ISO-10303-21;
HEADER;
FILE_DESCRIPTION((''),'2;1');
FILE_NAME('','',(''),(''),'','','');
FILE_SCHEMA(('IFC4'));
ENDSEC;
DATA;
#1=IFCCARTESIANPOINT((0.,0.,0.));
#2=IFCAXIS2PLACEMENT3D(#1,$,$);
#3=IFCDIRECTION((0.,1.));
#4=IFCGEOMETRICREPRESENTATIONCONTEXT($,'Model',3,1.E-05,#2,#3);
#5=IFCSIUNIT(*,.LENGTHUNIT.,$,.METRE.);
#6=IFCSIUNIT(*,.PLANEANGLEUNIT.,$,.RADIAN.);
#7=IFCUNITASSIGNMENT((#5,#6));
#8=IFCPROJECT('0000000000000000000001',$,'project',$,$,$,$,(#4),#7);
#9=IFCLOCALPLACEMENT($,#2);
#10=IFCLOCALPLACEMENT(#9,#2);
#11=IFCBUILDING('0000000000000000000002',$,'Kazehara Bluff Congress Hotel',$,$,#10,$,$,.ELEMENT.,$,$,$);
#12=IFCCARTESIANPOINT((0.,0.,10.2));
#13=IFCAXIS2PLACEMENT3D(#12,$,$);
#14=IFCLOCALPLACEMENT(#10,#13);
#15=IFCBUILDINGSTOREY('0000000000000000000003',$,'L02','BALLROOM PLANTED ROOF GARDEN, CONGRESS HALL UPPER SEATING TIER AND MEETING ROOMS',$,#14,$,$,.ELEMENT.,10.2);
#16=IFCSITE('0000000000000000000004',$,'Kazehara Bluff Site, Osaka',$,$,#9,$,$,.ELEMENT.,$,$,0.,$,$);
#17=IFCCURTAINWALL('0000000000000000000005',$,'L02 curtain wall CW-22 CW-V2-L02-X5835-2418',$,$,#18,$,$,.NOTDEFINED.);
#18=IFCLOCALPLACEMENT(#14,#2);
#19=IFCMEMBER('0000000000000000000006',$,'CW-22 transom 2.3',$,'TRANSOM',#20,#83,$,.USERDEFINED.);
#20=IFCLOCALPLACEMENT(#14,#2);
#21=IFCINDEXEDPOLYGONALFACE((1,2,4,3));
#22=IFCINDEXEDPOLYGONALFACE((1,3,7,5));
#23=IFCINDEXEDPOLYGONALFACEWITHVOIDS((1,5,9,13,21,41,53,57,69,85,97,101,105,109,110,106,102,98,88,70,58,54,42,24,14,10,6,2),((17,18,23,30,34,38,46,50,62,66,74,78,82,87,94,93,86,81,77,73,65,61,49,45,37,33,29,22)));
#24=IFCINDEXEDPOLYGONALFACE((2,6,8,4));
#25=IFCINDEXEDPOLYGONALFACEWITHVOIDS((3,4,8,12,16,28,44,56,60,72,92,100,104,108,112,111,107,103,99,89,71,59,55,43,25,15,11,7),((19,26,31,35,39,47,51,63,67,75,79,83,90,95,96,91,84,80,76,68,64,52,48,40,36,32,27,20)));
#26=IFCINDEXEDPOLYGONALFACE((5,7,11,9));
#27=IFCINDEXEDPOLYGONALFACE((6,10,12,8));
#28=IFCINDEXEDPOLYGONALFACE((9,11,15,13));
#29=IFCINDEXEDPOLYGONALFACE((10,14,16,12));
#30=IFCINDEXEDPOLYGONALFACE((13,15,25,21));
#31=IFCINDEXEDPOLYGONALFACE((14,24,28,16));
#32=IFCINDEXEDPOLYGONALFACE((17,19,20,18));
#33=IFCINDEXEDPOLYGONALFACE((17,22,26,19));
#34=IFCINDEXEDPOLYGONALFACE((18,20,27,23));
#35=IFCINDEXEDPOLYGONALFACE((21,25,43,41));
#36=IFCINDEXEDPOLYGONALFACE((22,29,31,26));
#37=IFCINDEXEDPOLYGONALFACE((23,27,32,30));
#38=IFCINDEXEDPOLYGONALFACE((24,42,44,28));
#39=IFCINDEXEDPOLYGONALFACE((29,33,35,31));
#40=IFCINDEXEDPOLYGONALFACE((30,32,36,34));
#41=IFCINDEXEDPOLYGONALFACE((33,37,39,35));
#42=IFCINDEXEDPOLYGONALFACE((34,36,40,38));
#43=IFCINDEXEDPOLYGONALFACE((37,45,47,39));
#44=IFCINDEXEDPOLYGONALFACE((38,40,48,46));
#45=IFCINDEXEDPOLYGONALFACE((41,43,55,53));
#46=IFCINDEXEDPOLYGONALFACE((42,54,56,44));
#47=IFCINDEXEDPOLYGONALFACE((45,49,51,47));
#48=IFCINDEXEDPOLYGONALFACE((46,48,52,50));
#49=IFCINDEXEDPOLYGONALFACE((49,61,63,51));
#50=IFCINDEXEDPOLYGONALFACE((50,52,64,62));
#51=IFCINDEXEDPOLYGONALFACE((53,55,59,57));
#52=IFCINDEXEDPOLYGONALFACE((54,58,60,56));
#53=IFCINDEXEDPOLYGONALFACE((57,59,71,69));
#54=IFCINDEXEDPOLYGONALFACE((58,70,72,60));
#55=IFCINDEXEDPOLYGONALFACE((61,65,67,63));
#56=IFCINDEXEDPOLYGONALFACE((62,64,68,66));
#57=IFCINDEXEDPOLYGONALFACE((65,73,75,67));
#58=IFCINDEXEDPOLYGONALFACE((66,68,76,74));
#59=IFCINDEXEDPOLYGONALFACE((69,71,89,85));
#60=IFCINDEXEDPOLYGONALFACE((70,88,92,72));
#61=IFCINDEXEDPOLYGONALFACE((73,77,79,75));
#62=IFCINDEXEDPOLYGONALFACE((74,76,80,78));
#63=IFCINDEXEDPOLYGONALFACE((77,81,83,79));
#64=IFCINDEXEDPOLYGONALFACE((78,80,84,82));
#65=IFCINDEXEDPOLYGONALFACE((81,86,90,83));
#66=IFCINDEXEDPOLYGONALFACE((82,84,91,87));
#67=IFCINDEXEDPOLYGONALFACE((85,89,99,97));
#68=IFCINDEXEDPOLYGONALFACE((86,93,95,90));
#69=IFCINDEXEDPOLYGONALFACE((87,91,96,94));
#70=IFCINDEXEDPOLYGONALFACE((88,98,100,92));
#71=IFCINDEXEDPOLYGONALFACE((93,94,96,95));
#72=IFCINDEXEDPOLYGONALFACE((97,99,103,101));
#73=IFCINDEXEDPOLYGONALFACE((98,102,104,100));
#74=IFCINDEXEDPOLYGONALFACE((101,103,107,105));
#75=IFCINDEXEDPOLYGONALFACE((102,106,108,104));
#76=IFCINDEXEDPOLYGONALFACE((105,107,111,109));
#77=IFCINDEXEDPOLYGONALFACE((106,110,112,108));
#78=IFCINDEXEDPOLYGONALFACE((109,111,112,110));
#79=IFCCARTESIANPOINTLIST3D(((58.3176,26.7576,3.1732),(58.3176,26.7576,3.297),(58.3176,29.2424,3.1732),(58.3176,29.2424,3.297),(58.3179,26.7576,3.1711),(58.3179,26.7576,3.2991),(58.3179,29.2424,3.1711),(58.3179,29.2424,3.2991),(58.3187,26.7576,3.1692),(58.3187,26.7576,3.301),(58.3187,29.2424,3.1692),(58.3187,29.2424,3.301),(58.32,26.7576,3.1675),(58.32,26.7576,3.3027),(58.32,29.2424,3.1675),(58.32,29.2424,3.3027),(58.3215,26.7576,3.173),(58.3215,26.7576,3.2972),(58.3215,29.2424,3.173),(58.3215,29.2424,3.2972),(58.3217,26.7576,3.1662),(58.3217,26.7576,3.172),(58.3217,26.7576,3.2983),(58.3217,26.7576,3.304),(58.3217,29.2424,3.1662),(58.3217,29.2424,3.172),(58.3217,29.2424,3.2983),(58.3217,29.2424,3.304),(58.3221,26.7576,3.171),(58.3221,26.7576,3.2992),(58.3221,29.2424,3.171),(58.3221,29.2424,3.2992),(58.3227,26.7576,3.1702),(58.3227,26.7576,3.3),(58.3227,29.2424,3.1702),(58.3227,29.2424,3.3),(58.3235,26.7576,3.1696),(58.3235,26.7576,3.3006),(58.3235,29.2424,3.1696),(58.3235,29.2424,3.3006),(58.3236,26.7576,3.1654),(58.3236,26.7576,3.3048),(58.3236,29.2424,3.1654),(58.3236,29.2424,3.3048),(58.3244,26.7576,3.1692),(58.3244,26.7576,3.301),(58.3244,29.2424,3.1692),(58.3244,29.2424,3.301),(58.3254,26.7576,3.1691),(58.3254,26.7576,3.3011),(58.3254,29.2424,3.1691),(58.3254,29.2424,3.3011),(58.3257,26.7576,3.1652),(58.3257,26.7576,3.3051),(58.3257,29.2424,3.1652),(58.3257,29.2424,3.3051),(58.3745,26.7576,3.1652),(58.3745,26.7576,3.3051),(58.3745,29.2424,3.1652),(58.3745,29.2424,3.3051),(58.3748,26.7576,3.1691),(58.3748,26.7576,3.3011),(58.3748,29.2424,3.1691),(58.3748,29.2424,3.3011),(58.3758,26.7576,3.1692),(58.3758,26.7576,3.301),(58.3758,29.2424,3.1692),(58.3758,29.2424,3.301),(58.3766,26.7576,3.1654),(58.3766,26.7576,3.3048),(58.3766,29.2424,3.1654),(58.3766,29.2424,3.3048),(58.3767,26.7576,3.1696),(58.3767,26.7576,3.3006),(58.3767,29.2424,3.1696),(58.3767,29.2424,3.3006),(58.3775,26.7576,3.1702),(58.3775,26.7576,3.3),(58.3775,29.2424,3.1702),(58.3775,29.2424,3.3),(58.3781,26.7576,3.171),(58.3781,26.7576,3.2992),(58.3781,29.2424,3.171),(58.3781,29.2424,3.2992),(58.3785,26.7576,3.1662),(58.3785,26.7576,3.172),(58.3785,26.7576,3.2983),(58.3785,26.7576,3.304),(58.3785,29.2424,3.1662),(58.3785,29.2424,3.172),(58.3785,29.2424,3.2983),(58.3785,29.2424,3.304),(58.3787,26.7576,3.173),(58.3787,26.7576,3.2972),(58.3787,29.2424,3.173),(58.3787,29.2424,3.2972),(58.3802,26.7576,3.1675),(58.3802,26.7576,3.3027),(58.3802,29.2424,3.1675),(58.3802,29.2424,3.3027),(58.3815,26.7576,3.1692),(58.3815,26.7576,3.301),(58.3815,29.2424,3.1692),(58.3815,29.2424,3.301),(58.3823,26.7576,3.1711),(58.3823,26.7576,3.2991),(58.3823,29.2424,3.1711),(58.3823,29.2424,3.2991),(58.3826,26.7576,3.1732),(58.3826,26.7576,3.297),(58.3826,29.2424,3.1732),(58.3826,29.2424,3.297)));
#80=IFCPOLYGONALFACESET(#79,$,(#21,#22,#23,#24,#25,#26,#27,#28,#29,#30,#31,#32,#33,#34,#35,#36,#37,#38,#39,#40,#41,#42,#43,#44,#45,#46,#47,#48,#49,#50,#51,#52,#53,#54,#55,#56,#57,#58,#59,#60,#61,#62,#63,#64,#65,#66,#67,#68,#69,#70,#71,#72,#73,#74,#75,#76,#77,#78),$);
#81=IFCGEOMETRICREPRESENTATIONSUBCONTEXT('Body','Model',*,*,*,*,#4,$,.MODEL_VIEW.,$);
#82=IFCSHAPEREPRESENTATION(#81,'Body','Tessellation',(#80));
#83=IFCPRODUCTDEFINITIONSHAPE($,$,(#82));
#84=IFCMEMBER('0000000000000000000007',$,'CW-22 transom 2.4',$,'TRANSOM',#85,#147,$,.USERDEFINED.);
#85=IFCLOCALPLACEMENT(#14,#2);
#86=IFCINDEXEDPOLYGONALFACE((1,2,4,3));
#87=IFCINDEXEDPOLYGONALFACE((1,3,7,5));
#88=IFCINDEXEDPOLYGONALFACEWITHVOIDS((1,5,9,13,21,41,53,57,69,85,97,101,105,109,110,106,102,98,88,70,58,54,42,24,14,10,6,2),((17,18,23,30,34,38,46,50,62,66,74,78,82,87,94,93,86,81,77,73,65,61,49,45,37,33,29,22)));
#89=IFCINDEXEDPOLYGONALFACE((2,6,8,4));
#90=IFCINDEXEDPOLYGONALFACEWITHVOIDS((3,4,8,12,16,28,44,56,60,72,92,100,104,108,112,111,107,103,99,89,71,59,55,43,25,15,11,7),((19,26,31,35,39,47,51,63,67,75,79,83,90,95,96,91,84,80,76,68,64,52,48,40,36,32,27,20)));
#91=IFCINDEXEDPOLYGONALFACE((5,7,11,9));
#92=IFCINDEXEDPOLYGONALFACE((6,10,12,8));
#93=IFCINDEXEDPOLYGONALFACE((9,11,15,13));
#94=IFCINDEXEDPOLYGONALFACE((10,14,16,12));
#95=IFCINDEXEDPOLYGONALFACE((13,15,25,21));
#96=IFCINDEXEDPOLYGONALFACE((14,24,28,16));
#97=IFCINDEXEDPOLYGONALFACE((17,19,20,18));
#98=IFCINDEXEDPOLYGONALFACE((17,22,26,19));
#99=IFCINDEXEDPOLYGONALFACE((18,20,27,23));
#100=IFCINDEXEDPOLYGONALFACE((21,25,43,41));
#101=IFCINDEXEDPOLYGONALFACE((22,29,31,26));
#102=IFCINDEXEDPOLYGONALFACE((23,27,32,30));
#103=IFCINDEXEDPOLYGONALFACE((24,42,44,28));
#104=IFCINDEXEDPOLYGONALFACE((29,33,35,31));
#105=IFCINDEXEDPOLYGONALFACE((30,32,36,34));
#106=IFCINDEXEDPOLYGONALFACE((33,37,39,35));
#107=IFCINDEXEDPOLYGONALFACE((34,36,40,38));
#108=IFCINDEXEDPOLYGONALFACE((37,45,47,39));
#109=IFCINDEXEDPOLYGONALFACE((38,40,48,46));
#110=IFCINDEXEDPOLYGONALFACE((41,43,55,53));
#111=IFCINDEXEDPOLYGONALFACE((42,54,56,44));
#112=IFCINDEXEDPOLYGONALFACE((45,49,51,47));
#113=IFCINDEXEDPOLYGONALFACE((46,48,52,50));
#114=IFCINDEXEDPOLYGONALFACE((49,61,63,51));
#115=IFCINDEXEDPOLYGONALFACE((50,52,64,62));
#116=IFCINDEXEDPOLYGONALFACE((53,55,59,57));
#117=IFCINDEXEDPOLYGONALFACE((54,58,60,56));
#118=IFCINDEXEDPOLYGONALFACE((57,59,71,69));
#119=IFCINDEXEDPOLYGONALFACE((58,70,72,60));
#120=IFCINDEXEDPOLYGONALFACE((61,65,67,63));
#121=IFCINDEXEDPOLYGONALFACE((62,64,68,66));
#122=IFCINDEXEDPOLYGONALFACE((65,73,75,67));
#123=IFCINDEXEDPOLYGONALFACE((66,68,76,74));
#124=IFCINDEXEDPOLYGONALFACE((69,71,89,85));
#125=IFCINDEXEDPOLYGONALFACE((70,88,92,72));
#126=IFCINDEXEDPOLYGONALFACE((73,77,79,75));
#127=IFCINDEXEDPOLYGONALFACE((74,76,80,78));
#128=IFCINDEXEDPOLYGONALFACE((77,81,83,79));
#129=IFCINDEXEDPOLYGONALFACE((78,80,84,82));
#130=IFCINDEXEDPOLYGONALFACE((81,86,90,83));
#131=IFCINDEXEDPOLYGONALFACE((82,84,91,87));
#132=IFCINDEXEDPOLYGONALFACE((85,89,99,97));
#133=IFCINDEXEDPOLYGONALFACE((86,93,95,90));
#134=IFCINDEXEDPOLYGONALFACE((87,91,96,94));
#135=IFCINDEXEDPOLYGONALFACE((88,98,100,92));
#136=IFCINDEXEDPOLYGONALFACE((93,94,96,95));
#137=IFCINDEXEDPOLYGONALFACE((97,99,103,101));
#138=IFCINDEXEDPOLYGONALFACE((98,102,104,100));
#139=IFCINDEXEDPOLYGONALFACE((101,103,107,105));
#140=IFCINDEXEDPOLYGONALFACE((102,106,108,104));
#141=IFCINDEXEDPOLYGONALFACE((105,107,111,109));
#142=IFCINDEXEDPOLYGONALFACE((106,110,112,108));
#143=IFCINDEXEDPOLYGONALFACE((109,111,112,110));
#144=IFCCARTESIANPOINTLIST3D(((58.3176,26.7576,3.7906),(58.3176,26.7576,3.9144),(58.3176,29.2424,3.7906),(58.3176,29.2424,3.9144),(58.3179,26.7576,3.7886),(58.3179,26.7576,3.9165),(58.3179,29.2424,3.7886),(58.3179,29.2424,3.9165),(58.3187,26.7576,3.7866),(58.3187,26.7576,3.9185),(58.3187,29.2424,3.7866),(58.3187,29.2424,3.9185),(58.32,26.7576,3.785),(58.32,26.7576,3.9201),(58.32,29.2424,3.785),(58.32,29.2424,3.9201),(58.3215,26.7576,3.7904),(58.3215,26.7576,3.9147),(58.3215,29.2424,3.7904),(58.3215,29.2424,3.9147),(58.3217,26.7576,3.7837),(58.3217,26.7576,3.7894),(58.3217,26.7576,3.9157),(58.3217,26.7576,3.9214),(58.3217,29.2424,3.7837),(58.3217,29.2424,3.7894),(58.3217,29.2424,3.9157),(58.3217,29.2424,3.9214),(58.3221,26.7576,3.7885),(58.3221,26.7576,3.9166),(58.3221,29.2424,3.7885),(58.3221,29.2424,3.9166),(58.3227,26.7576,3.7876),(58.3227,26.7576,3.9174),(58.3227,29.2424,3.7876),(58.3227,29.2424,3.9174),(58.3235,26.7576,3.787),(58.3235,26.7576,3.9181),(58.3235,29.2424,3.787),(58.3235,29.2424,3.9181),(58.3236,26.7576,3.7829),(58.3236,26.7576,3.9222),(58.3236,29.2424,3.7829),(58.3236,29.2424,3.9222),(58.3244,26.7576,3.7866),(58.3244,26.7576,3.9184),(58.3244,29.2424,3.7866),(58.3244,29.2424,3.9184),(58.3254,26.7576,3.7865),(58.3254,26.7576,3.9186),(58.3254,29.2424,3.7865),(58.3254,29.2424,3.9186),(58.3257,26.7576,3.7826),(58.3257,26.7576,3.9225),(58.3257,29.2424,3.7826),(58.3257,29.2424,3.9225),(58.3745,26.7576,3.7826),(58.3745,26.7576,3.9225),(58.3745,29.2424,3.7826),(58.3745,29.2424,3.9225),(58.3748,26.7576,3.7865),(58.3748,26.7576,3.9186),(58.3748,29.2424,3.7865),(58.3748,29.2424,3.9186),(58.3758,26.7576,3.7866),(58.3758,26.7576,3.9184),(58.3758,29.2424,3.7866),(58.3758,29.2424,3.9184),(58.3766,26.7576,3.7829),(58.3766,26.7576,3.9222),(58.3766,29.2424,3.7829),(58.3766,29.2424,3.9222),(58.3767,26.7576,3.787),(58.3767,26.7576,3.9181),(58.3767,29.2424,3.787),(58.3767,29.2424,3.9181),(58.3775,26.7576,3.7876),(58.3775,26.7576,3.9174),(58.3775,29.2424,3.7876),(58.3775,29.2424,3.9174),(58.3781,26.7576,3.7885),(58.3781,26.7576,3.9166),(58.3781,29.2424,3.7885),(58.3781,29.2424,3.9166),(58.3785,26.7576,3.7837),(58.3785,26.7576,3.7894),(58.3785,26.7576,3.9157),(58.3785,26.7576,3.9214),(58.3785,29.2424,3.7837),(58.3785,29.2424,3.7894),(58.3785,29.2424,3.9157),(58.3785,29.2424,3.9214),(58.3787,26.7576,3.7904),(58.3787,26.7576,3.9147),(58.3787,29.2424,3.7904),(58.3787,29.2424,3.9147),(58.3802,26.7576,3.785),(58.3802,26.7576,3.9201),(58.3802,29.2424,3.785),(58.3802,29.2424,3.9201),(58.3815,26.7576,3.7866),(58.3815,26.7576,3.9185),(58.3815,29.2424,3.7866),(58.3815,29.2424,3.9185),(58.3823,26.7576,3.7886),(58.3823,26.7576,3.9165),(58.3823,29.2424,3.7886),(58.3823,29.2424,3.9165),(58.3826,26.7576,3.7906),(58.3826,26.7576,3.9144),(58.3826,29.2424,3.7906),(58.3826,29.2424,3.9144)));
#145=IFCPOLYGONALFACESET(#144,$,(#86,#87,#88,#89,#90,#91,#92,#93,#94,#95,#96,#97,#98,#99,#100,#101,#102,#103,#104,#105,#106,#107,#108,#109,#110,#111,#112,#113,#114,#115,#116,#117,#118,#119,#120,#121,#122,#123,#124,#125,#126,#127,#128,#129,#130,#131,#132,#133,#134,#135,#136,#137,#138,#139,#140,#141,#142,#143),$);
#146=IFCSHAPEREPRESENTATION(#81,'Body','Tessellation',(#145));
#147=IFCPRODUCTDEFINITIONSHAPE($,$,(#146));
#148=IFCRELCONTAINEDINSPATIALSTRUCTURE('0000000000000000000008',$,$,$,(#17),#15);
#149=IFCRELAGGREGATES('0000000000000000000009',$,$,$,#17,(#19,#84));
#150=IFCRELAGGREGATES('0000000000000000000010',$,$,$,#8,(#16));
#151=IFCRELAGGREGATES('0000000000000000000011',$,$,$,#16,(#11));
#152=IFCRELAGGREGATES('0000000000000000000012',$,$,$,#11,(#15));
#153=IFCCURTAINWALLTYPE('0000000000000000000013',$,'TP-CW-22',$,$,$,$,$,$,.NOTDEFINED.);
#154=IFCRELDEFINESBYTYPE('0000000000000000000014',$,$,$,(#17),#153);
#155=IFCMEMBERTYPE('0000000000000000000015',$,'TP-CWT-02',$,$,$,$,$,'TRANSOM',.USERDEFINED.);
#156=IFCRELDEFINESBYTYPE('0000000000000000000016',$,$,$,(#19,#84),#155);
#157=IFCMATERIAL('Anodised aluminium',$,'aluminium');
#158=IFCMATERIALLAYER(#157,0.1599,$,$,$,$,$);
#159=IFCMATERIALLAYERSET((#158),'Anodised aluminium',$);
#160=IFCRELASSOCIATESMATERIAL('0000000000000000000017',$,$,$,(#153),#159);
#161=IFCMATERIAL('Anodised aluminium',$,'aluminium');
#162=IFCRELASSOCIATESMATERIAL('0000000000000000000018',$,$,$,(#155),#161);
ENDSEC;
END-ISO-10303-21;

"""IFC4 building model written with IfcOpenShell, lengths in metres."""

from ifc_helpers import new_model, si_unit, direction, frame, origin, origin_2d, place, context, subcontext, project, spatial, hollow_rectangle, extrude, material, layer, layer_set, material_profile, profile_set, type_object, element, aggregate, save


model = new_model("IFC4")

# Units and contexts
model_context = context("Model", 3, precision=1e-05, world=origin(), true_north=direction((0.0, 1.0)))
body_context = subcontext(model_context, "Body", "Model", "MODEL_VIEW")
ifc_project = project(units=[si_unit("LENGTHUNIT", "METRE"), si_unit("PLANEANGLEUNIT", "RADIAN")], contexts=[model_context])

# Site, building, storey
site_placement = place(None, origin())
site = spatial("IfcSite", under=ifc_project, at=site_placement, Name="Kazehara Bluff Site, Osaka", CompositionType="ELEMENT", RefElevation=0.0)
building_placement = place(site_placement, origin())
building = spatial("IfcBuilding", under=site, at=building_placement, Name="Kazehara Bluff Congress Hotel", CompositionType="ELEMENT")
storey_placement = place(building_placement, frame((0.0, 0.0, 10.2)))
storey = spatial("IfcBuildingStorey", under=building, at=storey_placement, Name="L02", Description="BALLROOM PLANTED ROOF GARDEN, CONGRESS HALL UPPER SEATING TIER AND MEETING ROOMS", CompositionType="ELEMENT", Elevation=10.2)

# Curtain wall
ifc_material_1 = material(Name="Anodised aluminium", Category="aluminium")
ifc_layer_1 = layer(ifc_material_1, 0.1599)
ifc_layer_set_1 = layer_set([ifc_layer_1], Name="Anodised aluminium")
curtain_wall_type_1 = type_object("IfcCurtainWallType", Name="TP-CW-22", PredefinedType="NOTDEFINED", material=ifc_layer_set_1)
curtain_wall_1_placement = place(storey_placement, origin())
curtain_wall_1 = element("IfcCurtainWall", 1, at=curtain_wall_1_placement, inside=storey, type_object=curtain_wall_type_1, Name="L02 curtain wall CW-22 CW-V2-L02-X5835-2418", PredefinedType="NOTDEFINED")

# Members
ifc_material_2 = material(Name="Anodised aluminium", Category="aluminium")
ifc_material_profile_1 = material_profile(ifc_material_2, hollow_rectangle(XDim=0.0649, YDim=0.1399, WallThickness=0.0039, InnerFilletRadius=0.0039, OuterFilletRadius=0.0081, at=origin_2d()))
ifc_profile_set_1 = profile_set([ifc_material_profile_1], Name="Anodised aluminium")
member_type_1 = type_object("IfcMemberType", Name="TP-CWT-02", ElementType="TRANSOM", PredefinedType="USERDEFINED", material=ifc_profile_set_1)
member_1_placement = place(storey_placement, frame((58.3501, 26.7576, 3.2351), z_axis=(0.0, 1.0, 0.0), x_axis=(-1.0, 0.0, 0.0)))
member_1 = element("IfcMember", 2, at=member_1_placement, type_object=member_type_1, Name="CW-22 transom 2.3", ObjectType="TRANSOM", PredefinedType="USERDEFINED", context=body_context, shape_type="SweptSolid", body=[
    extrude(hollow_rectangle(XDim=0.0649, YDim=0.1399, WallThickness=0.0039, InnerFilletRadius=0.0039, OuterFilletRadius=0.0081, at=origin_2d()), origin(), (0.0, 0.0, 1.0), 2.4849),
])
member_2_placement = place(storey_placement, frame((58.3501, 26.7576, 3.8525), z_axis=(0.0, 1.0, 0.0), x_axis=(-1.0, 0.0, 0.0)))
member_2 = element("IfcMember", 3, at=member_2_placement, type_object=member_type_1, Name="CW-22 transom 2.4", ObjectType="TRANSOM", PredefinedType="USERDEFINED", context=body_context, shape_type="SweptSolid", body=[
    extrude(hollow_rectangle(XDim=0.0649, YDim=0.1399, WallThickness=0.0039, InnerFilletRadius=0.0039, OuterFilletRadius=0.0081, at=origin_2d()), origin(), (0.0, 0.0, 1.0), 2.4849),
])

aggregate(curtain_wall_1, [member_1, member_2])

save(model, "model.ifc")
